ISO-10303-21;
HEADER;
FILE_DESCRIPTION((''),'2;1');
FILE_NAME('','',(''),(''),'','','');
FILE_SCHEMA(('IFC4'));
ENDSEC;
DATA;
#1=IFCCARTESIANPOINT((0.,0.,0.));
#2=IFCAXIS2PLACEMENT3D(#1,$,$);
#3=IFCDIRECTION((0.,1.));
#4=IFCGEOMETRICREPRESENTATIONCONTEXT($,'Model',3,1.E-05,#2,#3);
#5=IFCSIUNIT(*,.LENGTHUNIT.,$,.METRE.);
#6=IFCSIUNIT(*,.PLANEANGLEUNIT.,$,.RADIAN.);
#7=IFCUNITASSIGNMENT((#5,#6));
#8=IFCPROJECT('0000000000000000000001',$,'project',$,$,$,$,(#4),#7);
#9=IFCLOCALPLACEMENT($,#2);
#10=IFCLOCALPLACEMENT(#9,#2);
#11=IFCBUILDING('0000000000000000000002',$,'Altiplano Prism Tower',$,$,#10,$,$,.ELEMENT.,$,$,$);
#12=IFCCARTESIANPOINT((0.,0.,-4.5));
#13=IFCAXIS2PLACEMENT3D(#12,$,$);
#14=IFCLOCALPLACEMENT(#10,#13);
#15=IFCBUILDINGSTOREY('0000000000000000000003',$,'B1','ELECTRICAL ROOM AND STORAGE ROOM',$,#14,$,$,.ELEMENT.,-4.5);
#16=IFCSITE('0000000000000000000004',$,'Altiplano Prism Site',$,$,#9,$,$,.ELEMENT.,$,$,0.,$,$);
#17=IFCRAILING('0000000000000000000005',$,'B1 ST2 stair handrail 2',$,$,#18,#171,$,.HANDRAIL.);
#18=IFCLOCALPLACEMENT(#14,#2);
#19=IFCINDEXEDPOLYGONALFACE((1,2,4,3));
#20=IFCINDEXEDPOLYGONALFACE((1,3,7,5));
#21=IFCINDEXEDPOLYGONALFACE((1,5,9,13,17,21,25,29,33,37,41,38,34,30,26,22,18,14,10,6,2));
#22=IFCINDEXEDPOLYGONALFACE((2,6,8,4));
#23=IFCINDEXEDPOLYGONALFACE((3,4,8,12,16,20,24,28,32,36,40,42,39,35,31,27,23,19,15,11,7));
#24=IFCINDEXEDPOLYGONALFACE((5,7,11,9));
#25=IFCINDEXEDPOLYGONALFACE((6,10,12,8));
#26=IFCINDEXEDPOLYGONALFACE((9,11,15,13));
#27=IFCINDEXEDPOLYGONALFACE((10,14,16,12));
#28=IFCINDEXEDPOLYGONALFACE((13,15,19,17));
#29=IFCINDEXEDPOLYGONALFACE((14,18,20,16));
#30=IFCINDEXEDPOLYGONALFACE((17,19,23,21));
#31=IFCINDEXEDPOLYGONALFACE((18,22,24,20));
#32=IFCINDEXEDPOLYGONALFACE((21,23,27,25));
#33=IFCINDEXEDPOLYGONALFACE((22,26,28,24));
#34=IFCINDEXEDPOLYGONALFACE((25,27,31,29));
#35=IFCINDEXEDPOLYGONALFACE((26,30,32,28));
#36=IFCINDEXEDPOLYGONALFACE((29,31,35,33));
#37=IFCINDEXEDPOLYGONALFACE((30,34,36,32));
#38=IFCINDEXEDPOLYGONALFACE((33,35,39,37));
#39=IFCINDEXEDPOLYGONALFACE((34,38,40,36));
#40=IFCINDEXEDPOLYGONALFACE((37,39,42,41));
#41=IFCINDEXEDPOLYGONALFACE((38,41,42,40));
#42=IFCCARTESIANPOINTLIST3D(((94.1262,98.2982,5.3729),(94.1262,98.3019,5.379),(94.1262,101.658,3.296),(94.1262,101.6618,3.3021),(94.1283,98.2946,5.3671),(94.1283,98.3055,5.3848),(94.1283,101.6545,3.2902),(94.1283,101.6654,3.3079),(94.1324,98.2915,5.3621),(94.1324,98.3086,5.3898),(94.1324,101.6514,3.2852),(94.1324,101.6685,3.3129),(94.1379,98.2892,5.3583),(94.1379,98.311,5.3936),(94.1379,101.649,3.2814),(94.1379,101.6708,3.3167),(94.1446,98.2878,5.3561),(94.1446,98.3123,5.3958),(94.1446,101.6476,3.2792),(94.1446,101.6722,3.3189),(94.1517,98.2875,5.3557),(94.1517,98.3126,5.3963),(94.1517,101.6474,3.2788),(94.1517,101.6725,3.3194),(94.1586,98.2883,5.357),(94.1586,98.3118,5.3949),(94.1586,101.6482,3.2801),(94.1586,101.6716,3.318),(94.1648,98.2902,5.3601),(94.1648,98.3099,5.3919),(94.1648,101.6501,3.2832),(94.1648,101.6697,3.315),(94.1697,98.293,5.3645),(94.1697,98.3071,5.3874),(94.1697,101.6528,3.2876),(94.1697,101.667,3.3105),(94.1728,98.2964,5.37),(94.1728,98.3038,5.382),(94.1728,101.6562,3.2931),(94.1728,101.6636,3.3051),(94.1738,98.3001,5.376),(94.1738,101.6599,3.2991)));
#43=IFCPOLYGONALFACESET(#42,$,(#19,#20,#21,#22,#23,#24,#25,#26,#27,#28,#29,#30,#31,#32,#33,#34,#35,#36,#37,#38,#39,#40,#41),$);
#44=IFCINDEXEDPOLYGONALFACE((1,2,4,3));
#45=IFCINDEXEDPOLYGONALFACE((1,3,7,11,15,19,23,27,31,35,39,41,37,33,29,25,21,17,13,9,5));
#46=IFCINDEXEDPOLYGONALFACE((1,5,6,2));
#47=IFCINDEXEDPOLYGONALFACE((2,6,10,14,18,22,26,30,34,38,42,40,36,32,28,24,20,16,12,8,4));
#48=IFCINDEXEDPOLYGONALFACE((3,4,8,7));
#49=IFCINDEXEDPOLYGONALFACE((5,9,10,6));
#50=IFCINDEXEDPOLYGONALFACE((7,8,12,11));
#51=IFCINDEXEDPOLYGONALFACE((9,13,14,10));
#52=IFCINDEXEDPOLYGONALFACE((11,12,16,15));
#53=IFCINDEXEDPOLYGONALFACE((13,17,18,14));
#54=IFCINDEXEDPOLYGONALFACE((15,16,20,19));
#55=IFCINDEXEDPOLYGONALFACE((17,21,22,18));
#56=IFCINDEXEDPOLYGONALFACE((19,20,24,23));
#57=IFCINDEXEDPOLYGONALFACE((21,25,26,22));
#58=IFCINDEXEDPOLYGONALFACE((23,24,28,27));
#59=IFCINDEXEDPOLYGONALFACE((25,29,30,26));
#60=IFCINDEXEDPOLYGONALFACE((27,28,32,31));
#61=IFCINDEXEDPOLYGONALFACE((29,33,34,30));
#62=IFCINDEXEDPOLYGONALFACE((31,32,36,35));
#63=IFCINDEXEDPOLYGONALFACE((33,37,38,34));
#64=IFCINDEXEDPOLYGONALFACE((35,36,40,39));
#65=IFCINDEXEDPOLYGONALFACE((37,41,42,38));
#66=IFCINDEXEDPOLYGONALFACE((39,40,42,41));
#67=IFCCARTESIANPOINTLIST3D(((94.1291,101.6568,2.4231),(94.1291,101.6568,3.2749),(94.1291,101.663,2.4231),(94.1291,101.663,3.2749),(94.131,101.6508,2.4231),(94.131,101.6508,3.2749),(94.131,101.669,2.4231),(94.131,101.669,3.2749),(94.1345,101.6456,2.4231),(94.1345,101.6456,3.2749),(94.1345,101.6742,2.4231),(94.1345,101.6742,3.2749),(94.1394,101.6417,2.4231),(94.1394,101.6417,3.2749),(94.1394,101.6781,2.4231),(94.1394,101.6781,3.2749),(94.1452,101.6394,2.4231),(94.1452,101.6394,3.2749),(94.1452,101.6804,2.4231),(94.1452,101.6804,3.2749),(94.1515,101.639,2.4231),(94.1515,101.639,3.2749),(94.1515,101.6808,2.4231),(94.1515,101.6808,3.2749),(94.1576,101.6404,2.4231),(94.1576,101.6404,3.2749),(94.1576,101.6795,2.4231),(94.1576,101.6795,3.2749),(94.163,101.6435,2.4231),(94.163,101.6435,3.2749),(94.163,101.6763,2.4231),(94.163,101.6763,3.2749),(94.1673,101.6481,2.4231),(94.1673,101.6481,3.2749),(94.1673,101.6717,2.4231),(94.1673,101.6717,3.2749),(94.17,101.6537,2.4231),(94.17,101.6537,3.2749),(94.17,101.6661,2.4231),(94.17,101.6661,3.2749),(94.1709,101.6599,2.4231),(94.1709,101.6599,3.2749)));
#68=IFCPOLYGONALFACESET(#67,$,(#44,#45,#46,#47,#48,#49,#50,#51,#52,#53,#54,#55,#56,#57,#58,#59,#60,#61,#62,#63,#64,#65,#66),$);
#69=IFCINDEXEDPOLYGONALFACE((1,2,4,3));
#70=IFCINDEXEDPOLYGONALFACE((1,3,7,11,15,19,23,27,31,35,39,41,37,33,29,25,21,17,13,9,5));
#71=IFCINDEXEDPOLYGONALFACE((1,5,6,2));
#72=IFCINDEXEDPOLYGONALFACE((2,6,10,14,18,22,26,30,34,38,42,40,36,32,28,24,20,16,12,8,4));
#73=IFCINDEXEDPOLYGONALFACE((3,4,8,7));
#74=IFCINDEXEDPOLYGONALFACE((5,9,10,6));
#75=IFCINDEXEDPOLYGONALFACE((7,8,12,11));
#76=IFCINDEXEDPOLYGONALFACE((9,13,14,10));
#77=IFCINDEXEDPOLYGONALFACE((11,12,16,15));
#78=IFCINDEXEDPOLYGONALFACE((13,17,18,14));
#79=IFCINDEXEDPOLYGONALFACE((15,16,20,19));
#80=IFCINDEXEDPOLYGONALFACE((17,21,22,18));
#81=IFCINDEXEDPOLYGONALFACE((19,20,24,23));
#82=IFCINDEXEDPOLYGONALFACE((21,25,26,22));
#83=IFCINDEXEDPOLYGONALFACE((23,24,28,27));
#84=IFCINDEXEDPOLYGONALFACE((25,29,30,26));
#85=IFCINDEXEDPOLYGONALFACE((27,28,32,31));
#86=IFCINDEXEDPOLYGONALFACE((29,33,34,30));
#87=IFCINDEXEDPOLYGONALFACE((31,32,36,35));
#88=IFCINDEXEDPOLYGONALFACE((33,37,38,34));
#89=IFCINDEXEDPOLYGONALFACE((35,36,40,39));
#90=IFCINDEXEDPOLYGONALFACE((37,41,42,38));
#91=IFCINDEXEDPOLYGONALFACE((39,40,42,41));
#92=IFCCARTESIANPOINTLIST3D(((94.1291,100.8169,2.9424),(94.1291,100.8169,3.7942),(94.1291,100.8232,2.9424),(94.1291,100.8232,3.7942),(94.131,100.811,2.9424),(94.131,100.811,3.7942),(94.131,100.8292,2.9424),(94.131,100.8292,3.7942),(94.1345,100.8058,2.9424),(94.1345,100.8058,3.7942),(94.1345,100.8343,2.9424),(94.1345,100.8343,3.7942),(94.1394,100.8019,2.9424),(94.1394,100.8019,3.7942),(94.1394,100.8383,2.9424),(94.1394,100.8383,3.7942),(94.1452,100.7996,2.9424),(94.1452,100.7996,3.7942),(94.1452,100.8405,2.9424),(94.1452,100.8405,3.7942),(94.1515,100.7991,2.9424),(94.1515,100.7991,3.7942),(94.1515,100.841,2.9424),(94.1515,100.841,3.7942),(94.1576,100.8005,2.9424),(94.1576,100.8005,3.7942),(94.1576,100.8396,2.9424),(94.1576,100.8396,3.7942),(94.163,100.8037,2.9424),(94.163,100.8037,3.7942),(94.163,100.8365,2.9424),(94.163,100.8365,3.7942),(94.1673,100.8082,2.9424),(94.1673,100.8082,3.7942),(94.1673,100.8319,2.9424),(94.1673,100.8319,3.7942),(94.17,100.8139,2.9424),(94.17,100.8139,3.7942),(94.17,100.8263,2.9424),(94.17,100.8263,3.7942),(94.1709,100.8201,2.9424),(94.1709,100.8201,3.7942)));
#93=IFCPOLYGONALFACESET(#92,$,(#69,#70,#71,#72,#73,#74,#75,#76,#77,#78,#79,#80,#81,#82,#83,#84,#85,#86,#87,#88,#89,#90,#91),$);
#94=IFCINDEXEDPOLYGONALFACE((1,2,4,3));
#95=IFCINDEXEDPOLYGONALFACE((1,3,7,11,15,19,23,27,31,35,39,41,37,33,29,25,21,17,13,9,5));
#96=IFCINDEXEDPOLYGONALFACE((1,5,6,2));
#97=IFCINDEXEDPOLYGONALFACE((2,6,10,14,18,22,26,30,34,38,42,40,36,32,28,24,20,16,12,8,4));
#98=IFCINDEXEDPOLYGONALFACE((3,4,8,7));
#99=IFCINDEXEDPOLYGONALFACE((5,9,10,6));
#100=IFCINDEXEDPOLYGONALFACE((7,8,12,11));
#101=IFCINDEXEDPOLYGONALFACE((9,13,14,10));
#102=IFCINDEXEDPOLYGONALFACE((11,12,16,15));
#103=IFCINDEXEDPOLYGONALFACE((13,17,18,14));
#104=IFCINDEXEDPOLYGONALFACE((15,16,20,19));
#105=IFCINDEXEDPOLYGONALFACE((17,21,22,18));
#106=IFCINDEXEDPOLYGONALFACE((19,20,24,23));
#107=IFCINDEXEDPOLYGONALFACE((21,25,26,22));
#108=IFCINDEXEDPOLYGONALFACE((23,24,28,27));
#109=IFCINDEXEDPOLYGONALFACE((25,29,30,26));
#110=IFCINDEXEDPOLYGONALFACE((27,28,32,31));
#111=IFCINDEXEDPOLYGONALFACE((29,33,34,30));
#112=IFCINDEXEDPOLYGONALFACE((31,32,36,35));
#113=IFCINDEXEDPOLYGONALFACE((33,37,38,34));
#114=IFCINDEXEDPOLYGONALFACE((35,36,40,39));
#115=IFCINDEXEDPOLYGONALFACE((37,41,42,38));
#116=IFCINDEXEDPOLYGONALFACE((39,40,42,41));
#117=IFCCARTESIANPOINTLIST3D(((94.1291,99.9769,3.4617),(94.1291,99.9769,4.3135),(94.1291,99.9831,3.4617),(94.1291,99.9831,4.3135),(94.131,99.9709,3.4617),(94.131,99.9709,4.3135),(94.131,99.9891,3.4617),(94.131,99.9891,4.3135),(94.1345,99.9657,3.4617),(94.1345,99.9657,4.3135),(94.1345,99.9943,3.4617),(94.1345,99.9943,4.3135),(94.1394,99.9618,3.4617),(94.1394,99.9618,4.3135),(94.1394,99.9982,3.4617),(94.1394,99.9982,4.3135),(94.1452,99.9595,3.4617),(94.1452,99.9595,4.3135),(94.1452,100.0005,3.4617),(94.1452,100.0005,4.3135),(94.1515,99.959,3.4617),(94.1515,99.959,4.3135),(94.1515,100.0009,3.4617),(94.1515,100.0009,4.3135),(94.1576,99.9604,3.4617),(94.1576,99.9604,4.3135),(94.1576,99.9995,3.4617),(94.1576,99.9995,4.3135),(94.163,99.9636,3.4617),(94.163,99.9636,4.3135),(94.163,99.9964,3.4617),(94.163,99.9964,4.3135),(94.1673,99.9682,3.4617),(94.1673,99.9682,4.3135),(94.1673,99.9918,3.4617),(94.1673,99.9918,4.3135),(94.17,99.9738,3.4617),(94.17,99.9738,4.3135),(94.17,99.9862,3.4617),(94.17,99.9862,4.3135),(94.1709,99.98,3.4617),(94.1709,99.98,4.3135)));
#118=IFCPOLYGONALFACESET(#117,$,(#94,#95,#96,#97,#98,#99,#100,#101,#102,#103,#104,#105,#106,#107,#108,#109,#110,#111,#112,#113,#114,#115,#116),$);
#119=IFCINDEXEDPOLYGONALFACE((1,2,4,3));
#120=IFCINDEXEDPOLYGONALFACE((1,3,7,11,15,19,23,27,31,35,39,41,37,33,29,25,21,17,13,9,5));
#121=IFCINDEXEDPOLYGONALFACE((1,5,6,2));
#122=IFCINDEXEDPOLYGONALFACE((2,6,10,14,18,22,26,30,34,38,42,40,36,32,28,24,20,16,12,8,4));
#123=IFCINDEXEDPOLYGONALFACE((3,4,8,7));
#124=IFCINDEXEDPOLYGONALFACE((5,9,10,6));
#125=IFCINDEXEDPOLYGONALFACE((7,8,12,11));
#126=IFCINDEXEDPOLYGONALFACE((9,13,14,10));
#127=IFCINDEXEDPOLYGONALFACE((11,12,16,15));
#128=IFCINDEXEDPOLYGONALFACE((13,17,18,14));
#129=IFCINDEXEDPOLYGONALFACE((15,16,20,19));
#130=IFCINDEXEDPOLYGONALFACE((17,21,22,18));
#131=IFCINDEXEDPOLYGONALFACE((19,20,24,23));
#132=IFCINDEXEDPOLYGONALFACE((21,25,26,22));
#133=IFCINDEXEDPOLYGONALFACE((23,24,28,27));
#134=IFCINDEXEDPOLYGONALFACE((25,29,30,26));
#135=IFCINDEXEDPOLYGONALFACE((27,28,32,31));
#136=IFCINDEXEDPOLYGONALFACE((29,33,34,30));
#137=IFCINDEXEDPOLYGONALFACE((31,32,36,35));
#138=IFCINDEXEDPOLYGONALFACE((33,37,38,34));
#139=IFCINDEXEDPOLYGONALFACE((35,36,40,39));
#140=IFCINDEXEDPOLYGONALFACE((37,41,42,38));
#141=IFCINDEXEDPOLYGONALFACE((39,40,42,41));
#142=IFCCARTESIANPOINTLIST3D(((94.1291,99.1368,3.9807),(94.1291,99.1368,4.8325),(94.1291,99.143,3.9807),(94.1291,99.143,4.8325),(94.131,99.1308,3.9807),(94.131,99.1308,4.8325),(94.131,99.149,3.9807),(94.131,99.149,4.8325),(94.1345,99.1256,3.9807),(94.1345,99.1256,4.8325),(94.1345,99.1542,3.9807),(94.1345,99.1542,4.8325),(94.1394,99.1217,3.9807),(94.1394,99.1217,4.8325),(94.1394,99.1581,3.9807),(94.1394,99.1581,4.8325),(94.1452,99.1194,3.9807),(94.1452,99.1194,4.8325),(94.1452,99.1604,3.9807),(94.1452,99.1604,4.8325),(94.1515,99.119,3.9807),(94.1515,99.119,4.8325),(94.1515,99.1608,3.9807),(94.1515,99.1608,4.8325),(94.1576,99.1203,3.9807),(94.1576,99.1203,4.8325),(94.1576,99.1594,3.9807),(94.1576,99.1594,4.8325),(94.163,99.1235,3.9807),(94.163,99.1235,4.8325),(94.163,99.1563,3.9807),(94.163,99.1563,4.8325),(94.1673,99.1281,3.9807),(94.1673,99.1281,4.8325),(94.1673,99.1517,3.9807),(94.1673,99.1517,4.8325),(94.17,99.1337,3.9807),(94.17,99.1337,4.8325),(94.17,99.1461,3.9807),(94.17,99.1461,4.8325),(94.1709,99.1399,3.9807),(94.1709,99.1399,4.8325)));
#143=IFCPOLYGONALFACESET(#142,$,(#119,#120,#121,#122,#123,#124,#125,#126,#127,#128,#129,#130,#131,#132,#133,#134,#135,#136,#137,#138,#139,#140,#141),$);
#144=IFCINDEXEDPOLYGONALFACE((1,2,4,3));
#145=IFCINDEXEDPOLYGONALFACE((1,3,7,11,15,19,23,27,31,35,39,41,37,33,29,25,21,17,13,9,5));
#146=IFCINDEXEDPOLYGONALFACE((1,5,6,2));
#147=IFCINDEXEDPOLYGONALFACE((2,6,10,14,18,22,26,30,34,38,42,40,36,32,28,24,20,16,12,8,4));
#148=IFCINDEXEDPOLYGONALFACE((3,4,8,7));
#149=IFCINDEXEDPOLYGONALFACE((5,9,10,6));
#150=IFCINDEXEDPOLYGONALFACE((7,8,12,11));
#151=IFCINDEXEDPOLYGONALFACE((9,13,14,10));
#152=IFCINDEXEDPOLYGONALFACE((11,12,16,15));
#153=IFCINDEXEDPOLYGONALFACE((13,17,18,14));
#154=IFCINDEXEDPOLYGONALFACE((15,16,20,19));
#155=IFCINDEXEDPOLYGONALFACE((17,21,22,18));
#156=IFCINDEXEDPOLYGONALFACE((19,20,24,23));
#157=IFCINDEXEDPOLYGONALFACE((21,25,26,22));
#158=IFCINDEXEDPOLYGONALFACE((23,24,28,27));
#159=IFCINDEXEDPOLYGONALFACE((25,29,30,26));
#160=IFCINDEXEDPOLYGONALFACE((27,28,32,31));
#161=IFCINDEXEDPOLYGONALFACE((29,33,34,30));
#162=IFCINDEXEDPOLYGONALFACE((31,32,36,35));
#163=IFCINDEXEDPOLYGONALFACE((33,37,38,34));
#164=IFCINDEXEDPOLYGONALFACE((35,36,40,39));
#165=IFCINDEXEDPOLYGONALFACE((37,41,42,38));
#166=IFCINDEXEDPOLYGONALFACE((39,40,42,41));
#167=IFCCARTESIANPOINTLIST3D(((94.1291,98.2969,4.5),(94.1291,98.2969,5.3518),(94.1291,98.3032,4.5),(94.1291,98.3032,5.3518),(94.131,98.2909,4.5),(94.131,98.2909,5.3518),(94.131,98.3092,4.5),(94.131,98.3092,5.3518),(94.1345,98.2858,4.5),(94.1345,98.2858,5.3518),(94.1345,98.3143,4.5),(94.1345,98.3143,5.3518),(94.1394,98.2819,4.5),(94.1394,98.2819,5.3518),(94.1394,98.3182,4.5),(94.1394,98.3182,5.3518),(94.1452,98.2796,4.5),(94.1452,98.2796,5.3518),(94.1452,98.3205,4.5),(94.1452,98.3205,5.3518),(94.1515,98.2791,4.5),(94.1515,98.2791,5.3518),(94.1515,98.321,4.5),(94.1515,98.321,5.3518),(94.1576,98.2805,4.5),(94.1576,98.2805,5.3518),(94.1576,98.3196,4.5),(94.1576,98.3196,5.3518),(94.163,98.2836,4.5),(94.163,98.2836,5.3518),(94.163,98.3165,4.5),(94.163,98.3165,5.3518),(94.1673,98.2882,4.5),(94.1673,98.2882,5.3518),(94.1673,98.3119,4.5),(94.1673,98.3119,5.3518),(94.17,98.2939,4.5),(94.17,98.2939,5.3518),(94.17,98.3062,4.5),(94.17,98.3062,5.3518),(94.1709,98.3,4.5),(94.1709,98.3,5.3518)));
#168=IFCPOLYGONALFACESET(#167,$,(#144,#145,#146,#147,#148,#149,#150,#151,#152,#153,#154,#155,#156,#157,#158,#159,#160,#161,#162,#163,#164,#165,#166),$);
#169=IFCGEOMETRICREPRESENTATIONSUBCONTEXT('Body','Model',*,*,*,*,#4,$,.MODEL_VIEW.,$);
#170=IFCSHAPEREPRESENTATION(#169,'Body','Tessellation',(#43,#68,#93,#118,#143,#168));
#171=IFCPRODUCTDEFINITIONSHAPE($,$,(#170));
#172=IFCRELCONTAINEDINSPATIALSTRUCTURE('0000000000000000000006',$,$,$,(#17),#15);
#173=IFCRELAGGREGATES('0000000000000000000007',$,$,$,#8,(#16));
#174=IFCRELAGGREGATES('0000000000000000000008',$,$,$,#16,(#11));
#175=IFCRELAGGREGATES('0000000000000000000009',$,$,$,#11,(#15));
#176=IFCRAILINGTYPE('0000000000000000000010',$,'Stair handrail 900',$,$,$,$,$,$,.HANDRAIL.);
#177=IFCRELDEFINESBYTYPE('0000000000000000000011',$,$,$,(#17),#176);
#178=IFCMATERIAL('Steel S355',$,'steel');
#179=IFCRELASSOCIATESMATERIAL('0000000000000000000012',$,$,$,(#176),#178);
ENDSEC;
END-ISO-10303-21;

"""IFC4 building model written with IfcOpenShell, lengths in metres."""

from ifc_helpers import new_model, si_unit, direction, frame, origin, origin_2d, place, context, subcontext, project, spatial, circle, extrude, material, type_object, element, save


model = new_model("IFC4")

# Units and contexts
model_context = context("Model", 3, precision=1e-05, world=origin(), true_north=direction((0.0, 1.0)))
body_context = subcontext(model_context, "Body", "Model", "MODEL_VIEW")
ifc_project = project(units=[si_unit("LENGTHUNIT", "METRE"), si_unit("PLANEANGLEUNIT", "RADIAN")], contexts=[model_context])

# Site, building, storey
site_placement = place(None, origin())
site = spatial("IfcSite", under=ifc_project, at=site_placement, Name="Altiplano Prism Site", CompositionType="ELEMENT", RefElevation=0.0)
building_placement = place(site_placement, origin())
building = spatial("IfcBuilding", under=site, at=building_placement, Name="Altiplano Prism Tower", CompositionType="ELEMENT")
storey_placement = place(building_placement, frame((0.0, 0.0, -4.5)))
storey = spatial("IfcBuildingStorey", under=building, at=storey_placement, Name="B1", Description="ELECTRICAL ROOM AND STORAGE ROOM", CompositionType="ELEMENT", Elevation=-4.5)

# Railing
ifc_material_1 = material(Name="Steel S355", Category="steel")
railing_type_1 = type_object("IfcRailingType", Name="Stair handrail 900", PredefinedType="HANDRAIL", material=ifc_material_1)
railing_1_placement = place(storey_placement, frame((94.1499, 101.6599, 2.4231)))
element("IfcRailing", 1, at=railing_1_placement, inside=storey, type_object=railing_type_1, Name="B1 ST2 stair handrail 2", PredefinedType="HANDRAIL", context=body_context, shape_type="SweptSolid", body=[
    extrude(circle(Radius=0.0239, at=origin_2d()), frame((0.0, 0.0, 0.876), z_axis=(0.0, -0.850606, 0.525803), x_axis=(1.0, 0.0, 0.0)), (0.0, 0.0, 1.0), 3.95),
    extrude(circle(Radius=0.021, at=origin_2d()), origin(), (0.0, 0.0, 1.0), 0.8518),
    extrude(circle(Radius=0.021, at=origin_2d()), frame((0.0, -0.8398, 0.5193)), (0.0, 0.0, 1.0), 0.8518),
    extrude(circle(Radius=0.021, at=origin_2d()), frame((0.0, -1.6799, 1.0386)), (0.0, 0.0, 1.0), 0.8518),
    extrude(circle(Radius=0.021, at=origin_2d()), frame((0.0, -2.52, 1.5576)), (0.0, 0.0, 1.0), 0.8518),
    extrude(circle(Radius=0.021, at=origin_2d()), frame((0.0, -3.3599, 2.0769)), (0.0, 0.0, 1.0), 0.8518),
])

save(model, "model.ifc")
